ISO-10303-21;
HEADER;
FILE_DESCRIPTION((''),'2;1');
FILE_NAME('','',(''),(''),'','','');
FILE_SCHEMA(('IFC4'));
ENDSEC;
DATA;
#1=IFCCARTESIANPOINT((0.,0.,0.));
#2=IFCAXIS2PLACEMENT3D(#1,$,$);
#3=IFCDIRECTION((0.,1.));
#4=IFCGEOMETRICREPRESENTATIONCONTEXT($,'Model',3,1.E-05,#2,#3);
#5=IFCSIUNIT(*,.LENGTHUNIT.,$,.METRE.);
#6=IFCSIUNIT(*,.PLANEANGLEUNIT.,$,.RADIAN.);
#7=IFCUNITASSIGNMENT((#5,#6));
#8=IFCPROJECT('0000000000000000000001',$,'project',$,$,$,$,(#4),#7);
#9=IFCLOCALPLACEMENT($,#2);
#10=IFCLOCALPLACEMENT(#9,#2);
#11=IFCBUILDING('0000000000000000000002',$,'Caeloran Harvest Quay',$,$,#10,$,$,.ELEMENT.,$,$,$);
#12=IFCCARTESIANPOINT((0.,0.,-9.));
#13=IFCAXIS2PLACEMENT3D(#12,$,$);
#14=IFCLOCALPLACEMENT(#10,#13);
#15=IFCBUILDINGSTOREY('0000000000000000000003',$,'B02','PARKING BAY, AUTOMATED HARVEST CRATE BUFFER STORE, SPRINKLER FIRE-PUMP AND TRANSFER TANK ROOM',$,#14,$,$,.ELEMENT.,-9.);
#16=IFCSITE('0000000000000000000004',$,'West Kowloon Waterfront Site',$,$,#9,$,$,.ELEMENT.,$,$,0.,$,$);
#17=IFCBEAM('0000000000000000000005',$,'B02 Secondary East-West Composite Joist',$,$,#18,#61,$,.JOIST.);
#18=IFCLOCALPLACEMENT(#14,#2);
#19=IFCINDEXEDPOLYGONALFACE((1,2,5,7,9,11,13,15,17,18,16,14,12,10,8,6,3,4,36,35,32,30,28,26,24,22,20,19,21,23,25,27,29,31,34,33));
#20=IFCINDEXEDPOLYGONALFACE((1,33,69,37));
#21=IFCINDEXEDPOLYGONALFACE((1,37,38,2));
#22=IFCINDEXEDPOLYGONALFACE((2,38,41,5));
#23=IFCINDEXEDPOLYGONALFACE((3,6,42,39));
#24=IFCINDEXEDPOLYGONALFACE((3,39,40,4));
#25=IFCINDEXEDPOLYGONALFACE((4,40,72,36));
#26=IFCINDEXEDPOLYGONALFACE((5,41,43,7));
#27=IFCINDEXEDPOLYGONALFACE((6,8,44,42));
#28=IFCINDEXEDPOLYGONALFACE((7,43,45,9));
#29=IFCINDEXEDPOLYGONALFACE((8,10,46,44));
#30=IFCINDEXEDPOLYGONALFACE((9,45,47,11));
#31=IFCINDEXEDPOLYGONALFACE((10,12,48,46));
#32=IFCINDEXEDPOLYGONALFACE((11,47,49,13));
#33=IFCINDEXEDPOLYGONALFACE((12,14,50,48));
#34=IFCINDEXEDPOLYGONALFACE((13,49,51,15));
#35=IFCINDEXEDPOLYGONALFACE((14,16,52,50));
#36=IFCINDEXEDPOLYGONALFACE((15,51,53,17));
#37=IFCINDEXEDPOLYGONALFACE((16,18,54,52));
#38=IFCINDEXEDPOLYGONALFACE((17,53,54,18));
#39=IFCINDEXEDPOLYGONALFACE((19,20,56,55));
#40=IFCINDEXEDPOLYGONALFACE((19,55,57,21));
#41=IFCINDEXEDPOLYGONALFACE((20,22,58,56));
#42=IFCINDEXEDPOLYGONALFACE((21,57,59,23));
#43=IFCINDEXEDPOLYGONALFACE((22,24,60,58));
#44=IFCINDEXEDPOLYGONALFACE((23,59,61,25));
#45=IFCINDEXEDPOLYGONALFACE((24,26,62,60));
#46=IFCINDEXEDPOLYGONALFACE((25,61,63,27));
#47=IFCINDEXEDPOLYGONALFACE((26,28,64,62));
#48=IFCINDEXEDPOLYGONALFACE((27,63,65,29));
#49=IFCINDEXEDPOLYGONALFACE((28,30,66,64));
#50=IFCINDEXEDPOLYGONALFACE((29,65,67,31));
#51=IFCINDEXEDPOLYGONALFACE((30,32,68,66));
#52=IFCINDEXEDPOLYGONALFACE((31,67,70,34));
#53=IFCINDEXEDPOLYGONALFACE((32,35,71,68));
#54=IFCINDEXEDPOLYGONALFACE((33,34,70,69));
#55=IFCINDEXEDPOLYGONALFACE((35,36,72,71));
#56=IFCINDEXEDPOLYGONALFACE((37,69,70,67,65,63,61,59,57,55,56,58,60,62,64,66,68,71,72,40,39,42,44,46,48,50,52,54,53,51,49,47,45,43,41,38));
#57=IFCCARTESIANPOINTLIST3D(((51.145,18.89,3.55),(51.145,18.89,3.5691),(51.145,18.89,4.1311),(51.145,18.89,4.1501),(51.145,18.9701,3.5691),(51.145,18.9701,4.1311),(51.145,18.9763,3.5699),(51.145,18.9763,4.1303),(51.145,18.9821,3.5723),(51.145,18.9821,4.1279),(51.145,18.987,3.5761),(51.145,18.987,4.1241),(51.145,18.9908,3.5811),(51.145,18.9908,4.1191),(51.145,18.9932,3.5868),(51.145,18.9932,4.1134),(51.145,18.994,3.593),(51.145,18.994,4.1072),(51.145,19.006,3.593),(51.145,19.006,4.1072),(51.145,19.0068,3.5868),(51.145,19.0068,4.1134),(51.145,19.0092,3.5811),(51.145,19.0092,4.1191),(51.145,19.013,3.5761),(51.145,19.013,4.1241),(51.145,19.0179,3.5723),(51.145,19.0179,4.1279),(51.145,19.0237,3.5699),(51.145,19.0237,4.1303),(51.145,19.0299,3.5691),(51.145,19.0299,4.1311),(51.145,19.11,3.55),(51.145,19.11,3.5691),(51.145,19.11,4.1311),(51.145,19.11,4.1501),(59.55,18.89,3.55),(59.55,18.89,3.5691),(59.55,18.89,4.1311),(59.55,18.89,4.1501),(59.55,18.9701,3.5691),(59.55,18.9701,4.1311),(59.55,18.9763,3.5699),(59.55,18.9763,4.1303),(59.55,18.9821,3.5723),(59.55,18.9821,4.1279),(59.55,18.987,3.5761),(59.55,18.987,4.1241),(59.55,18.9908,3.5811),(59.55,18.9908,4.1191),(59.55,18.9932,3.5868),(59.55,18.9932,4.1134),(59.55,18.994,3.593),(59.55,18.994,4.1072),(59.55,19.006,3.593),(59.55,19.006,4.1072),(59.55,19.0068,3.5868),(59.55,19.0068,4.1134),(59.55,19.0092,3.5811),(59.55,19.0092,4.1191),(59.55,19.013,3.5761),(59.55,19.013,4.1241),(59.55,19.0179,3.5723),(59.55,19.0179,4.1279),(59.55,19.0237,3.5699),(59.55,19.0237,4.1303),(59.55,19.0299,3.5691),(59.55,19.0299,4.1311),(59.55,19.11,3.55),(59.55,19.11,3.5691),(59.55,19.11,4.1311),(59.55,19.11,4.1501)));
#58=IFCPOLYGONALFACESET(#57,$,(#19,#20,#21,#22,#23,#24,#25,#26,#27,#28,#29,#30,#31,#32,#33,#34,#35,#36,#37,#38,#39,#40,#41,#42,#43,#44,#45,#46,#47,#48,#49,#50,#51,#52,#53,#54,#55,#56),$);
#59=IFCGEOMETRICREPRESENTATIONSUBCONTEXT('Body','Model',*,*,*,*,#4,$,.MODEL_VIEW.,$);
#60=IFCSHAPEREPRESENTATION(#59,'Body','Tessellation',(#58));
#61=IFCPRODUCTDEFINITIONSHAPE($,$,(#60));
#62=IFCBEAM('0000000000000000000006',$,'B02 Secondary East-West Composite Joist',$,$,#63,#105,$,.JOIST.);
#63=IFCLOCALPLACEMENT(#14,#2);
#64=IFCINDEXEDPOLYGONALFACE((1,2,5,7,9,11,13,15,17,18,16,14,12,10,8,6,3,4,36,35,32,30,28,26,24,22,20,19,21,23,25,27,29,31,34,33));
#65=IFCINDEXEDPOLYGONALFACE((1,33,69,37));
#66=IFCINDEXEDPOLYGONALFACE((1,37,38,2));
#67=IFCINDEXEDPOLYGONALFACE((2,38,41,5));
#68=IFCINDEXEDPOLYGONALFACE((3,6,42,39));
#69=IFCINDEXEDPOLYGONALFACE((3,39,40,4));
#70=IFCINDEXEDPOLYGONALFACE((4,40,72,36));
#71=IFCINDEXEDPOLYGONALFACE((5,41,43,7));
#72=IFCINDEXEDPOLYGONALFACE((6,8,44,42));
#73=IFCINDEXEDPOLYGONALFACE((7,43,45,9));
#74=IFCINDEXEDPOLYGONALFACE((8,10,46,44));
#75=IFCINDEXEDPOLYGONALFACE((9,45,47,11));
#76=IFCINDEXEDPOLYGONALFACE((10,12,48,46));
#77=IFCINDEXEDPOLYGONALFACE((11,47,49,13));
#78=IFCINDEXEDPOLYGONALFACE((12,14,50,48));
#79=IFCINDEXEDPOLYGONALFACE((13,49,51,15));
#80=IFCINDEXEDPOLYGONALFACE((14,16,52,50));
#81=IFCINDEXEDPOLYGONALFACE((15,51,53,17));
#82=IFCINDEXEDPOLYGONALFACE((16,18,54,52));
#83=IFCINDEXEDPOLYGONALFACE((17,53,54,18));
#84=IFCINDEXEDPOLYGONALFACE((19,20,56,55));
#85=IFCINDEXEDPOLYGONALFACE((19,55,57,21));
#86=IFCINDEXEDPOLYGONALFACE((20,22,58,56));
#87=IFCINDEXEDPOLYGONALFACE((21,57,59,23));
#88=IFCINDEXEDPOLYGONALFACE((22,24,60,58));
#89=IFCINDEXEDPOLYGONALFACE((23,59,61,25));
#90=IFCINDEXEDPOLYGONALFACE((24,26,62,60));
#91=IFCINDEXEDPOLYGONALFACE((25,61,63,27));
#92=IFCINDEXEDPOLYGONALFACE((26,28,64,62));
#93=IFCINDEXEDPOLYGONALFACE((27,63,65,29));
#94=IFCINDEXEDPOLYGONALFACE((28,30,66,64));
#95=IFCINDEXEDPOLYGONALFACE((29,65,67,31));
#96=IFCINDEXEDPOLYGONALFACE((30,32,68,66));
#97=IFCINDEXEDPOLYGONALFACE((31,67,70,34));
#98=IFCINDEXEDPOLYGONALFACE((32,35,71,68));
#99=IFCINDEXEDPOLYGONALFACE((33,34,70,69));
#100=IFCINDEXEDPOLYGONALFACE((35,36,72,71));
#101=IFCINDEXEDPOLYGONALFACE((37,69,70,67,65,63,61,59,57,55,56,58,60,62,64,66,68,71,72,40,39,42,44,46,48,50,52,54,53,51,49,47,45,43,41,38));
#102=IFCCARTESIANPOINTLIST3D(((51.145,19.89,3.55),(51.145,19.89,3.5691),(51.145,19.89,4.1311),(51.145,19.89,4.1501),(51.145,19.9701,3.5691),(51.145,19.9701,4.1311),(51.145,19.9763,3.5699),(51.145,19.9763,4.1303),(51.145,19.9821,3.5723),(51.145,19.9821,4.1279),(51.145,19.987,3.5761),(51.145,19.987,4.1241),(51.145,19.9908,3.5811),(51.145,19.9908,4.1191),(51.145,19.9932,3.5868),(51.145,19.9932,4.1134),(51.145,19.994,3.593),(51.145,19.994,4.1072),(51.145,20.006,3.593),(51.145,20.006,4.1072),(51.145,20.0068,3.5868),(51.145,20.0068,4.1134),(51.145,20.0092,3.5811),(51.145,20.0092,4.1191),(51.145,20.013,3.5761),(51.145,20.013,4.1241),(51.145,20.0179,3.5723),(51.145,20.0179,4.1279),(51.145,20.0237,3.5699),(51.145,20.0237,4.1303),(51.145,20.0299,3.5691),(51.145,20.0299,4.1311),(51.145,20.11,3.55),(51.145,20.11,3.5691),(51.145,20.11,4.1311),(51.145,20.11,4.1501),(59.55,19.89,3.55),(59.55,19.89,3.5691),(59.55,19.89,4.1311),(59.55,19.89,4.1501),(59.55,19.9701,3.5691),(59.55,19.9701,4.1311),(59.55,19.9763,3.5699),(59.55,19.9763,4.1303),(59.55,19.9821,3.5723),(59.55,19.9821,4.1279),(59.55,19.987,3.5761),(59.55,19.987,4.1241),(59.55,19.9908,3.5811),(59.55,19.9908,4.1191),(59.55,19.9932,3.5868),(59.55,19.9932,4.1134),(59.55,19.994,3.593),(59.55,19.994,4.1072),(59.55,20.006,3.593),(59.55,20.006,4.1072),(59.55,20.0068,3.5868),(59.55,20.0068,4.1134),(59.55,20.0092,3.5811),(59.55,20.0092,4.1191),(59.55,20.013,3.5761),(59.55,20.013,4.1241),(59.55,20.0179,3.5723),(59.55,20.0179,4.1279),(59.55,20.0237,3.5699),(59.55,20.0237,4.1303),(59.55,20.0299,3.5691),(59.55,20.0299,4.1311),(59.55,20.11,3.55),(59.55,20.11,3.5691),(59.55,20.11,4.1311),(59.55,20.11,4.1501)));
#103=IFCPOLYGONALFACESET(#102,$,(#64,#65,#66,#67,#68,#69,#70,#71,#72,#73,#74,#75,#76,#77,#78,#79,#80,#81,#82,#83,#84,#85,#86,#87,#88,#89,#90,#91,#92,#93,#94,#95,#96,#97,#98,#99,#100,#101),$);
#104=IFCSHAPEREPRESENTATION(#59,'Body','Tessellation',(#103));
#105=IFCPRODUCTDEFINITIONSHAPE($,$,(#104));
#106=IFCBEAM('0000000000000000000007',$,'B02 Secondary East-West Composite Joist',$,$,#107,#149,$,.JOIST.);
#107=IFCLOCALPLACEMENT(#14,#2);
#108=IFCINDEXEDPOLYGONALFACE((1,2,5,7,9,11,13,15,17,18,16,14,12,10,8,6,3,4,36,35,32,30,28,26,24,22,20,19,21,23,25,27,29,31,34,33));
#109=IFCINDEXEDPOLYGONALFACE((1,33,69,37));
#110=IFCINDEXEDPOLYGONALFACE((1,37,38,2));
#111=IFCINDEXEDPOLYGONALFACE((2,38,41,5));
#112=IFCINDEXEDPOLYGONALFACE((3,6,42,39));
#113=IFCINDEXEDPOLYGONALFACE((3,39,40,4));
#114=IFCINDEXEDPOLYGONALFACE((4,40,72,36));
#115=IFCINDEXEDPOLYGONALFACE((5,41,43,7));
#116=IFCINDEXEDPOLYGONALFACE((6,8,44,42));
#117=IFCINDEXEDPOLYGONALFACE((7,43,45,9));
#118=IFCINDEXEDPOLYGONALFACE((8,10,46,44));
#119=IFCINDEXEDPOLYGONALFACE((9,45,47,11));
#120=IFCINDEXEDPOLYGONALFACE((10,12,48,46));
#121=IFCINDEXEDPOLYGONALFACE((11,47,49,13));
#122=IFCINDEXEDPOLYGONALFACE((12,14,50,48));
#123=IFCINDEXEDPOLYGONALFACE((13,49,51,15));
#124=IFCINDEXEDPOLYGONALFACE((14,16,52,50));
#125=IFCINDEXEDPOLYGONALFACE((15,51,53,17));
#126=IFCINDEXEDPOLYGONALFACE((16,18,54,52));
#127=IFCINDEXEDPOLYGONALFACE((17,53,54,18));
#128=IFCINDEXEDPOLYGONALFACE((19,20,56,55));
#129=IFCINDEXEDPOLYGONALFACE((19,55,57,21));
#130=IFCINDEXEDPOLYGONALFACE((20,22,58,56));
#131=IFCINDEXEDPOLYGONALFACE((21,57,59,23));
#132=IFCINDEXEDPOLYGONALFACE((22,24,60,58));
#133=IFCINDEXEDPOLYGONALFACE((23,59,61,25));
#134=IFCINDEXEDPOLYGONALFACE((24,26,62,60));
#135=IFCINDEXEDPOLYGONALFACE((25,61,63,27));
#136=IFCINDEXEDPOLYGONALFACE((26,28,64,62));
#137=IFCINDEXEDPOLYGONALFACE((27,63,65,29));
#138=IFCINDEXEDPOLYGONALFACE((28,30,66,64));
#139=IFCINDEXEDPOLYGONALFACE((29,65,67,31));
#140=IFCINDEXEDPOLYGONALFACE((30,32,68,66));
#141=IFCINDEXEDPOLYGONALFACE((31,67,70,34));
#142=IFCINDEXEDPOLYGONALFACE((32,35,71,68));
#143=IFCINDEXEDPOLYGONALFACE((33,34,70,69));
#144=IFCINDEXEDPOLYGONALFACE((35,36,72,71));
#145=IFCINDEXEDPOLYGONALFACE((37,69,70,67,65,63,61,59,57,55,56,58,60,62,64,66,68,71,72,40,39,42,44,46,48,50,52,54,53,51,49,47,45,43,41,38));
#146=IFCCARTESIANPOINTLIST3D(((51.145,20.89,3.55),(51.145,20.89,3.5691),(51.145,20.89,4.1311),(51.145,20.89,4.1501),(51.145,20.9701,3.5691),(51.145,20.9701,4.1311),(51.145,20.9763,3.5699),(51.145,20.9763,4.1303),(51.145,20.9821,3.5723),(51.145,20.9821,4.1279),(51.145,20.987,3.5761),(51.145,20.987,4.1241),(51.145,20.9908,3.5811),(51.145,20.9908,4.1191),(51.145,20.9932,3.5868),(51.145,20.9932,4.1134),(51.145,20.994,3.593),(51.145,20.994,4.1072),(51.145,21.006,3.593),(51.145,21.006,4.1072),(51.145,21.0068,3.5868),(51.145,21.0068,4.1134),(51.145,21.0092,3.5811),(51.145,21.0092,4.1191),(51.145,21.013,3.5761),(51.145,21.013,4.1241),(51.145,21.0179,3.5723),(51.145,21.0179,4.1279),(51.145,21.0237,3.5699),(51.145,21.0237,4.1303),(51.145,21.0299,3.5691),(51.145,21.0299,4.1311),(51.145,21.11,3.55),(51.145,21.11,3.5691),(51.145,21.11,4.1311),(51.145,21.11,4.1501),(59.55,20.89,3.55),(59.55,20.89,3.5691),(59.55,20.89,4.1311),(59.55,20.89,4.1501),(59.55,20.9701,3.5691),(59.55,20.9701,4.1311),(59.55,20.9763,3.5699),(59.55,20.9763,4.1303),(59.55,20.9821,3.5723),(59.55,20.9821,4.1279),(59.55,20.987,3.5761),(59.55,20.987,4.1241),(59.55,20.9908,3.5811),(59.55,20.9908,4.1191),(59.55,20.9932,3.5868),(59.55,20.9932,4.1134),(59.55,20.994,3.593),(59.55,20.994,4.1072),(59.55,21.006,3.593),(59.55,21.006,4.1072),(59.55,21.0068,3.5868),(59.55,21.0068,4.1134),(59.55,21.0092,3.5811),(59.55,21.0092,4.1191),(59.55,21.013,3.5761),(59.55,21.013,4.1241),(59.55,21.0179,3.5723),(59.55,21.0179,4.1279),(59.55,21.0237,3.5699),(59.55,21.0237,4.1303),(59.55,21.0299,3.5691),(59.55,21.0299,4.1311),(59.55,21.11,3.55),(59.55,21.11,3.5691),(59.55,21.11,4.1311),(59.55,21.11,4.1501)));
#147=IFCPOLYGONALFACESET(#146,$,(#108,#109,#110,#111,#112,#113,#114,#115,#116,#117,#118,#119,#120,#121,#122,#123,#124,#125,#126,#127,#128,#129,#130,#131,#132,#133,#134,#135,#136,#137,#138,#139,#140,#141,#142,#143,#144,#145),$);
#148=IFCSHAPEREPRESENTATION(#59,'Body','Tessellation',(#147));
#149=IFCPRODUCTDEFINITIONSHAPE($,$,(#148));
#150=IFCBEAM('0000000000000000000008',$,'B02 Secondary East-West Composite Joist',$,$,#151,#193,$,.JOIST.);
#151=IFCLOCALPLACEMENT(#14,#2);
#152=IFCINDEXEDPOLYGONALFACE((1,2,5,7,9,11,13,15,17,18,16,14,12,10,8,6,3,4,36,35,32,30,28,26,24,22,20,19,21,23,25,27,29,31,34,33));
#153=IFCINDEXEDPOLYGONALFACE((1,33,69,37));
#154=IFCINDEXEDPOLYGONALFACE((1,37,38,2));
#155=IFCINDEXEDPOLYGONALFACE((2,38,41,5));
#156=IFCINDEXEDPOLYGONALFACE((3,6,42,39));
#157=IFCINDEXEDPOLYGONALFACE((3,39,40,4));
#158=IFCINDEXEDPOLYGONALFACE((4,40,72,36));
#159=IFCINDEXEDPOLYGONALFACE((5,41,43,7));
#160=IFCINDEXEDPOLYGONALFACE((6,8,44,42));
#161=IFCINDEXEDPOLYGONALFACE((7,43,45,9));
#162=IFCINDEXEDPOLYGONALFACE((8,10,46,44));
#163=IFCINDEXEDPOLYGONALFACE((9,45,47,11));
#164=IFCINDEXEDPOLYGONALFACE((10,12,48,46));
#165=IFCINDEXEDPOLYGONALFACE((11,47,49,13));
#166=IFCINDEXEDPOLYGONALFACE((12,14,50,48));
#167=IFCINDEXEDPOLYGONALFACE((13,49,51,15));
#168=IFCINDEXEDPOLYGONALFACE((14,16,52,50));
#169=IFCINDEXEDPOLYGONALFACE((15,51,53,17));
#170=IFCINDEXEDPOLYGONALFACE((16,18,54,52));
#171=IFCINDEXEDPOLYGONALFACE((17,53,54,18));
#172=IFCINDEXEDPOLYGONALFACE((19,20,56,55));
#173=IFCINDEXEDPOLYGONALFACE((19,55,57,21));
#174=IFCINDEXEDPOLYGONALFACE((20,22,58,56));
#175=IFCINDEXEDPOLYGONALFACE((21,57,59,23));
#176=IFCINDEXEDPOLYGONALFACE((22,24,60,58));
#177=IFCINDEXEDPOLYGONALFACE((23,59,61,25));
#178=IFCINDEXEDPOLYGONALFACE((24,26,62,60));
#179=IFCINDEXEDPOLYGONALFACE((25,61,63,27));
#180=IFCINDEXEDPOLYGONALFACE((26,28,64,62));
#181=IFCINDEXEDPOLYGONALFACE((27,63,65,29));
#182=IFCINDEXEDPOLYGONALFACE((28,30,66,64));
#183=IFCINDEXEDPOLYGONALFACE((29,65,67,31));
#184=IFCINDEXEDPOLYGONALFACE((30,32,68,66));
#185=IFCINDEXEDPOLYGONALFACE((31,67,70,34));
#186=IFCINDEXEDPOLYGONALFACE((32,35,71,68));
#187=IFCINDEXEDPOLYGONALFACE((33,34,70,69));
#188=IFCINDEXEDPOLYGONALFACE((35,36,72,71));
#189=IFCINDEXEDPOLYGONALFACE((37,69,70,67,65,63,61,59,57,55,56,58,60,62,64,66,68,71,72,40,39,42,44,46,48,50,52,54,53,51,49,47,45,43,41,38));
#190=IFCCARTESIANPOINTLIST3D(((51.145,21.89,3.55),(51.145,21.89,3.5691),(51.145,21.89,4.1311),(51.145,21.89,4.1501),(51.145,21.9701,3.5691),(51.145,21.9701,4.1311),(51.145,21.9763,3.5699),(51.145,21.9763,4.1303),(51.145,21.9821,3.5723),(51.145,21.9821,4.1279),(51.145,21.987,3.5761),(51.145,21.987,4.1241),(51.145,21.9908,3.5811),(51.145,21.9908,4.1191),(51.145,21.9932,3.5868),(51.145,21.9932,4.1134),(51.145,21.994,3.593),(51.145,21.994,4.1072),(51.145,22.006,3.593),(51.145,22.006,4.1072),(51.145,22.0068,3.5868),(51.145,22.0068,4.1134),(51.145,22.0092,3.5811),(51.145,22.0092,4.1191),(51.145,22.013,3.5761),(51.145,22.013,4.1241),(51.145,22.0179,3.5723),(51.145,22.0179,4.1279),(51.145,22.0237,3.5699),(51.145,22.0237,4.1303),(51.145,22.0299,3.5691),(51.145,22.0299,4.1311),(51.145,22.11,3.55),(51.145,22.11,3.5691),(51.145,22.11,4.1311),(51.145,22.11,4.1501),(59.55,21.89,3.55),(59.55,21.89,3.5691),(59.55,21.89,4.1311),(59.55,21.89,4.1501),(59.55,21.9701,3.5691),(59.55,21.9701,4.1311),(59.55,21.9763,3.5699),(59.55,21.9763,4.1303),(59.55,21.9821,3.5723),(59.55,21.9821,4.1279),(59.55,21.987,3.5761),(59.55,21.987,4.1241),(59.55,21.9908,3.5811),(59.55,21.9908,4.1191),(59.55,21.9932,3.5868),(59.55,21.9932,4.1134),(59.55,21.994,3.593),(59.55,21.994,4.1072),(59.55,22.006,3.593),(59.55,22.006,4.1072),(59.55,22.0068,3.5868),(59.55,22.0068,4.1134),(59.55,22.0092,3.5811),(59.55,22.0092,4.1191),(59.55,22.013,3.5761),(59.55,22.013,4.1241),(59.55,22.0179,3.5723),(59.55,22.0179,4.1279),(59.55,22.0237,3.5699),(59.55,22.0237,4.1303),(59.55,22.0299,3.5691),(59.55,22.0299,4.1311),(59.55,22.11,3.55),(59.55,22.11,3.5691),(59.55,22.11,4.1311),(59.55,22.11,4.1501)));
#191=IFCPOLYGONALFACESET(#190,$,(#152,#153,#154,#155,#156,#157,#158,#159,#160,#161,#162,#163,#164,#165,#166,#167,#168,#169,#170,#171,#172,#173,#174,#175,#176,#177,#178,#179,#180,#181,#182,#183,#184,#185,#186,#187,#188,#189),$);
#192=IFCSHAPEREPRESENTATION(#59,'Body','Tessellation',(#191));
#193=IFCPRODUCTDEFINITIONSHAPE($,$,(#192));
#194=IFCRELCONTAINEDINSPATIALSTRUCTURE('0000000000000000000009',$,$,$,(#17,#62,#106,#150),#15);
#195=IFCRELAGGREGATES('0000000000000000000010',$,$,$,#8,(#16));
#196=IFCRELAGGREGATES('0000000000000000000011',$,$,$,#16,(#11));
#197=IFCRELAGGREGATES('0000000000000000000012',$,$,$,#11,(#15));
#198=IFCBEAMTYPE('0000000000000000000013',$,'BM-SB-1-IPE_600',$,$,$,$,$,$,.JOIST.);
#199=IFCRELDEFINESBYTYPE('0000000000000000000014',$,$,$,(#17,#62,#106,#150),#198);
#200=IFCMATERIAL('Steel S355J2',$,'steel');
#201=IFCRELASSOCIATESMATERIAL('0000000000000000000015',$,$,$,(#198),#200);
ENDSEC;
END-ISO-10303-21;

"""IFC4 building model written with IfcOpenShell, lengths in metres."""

from ifc_helpers import new_model, si_unit, direction, frame, origin, origin_2d, place, context, subcontext, project, spatial, i_section, extrude, material, material_profile, profile_set, type_object, element, save


model = new_model("IFC4")

# Units and contexts
model_context = context("Model", 3, precision=1e-05, world=origin(), true_north=direction((0.0, 1.0)))
body_context = subcontext(model_context, "Body", "Model", "MODEL_VIEW")
ifc_project = project(units=[si_unit("LENGTHUNIT", "METRE"), si_unit("PLANEANGLEUNIT", "RADIAN")], contexts=[model_context])

# Site, building, storey
site_placement = place(None, origin())
site = spatial("IfcSite", under=ifc_project, at=site_placement, Name="West Kowloon Waterfront Site", CompositionType="ELEMENT", RefElevation=0.0)
building_placement = place(site_placement, origin())
building = spatial("IfcBuilding", under=site, at=building_placement, Name="Caeloran Harvest Quay", CompositionType="ELEMENT")
storey_placement = place(building_placement, frame((0.0, 0.0, -9.0)))
storey = spatial("IfcBuildingStorey", under=building, at=storey_placement, Name="B02", Description="PARKING BAY, AUTOMATED HARVEST CRATE BUFFER STORE, SPRINKLER FIRE-PUMP AND TRANSFER TANK ROOM", CompositionType="ELEMENT", Elevation=-9.0)

# Beams
ifc_material_1 = material(Name="Steel S355J2", Category="steel")
ifc_material_profile_1 = material_profile(ifc_material_1, i_section(OverallWidth=0.22, OverallDepth=0.6001, WebThickness=0.012, FlangeThickness=0.019, FilletRadius=0.0239, at=origin_2d()), Name="IPE 600")
ifc_profile_set_1 = profile_set([ifc_material_profile_1], Name="Steel S355J2")
beam_type_1 = type_object("IfcBeamType", Name="BM-SB-1-IPE_600", PredefinedType="JOIST", material=ifc_profile_set_1)
for number, where, z_axis, x_axis, name in (
    (1, (51.145, 19.0, 3.8501), (1.0, 0.0, 0.0), (0.0, 1.0, 0.0), "B02 Secondary East-West Composite Joist"),
    (2, (51.145, 20.0, 3.8501), (1.0, 0.0, 0.0), (0.0, 1.0, 0.0), "B02 Secondary East-West Composite Joist"),
    (3, (51.145, 21.0, 3.8501), (1.0, 0.0, 0.0), (0.0, 1.0, 0.0), "B02 Secondary East-West Composite Joist"),
    (4, (51.145, 22.0, 3.8501), (1.0, 0.0, 0.0), (0.0, 1.0, 0.0), "B02 Secondary East-West Composite Joist"),
):
    element("IfcBeam", number, at=place(storey_placement, frame(where, z_axis=z_axis, x_axis=x_axis)), inside=storey, type_object=beam_type_1, Name=name, PredefinedType="JOIST", context=body_context, shape_type="SweptSolid", body=[
        extrude(i_section(OverallWidth=0.22, OverallDepth=0.6001, WebThickness=0.012, FlangeThickness=0.019, FilletRadius=0.0239, at=origin_2d()), origin(), (0.0, 0.0, 1.0), 8.405),
    ])

save(model, "model.ifc")
